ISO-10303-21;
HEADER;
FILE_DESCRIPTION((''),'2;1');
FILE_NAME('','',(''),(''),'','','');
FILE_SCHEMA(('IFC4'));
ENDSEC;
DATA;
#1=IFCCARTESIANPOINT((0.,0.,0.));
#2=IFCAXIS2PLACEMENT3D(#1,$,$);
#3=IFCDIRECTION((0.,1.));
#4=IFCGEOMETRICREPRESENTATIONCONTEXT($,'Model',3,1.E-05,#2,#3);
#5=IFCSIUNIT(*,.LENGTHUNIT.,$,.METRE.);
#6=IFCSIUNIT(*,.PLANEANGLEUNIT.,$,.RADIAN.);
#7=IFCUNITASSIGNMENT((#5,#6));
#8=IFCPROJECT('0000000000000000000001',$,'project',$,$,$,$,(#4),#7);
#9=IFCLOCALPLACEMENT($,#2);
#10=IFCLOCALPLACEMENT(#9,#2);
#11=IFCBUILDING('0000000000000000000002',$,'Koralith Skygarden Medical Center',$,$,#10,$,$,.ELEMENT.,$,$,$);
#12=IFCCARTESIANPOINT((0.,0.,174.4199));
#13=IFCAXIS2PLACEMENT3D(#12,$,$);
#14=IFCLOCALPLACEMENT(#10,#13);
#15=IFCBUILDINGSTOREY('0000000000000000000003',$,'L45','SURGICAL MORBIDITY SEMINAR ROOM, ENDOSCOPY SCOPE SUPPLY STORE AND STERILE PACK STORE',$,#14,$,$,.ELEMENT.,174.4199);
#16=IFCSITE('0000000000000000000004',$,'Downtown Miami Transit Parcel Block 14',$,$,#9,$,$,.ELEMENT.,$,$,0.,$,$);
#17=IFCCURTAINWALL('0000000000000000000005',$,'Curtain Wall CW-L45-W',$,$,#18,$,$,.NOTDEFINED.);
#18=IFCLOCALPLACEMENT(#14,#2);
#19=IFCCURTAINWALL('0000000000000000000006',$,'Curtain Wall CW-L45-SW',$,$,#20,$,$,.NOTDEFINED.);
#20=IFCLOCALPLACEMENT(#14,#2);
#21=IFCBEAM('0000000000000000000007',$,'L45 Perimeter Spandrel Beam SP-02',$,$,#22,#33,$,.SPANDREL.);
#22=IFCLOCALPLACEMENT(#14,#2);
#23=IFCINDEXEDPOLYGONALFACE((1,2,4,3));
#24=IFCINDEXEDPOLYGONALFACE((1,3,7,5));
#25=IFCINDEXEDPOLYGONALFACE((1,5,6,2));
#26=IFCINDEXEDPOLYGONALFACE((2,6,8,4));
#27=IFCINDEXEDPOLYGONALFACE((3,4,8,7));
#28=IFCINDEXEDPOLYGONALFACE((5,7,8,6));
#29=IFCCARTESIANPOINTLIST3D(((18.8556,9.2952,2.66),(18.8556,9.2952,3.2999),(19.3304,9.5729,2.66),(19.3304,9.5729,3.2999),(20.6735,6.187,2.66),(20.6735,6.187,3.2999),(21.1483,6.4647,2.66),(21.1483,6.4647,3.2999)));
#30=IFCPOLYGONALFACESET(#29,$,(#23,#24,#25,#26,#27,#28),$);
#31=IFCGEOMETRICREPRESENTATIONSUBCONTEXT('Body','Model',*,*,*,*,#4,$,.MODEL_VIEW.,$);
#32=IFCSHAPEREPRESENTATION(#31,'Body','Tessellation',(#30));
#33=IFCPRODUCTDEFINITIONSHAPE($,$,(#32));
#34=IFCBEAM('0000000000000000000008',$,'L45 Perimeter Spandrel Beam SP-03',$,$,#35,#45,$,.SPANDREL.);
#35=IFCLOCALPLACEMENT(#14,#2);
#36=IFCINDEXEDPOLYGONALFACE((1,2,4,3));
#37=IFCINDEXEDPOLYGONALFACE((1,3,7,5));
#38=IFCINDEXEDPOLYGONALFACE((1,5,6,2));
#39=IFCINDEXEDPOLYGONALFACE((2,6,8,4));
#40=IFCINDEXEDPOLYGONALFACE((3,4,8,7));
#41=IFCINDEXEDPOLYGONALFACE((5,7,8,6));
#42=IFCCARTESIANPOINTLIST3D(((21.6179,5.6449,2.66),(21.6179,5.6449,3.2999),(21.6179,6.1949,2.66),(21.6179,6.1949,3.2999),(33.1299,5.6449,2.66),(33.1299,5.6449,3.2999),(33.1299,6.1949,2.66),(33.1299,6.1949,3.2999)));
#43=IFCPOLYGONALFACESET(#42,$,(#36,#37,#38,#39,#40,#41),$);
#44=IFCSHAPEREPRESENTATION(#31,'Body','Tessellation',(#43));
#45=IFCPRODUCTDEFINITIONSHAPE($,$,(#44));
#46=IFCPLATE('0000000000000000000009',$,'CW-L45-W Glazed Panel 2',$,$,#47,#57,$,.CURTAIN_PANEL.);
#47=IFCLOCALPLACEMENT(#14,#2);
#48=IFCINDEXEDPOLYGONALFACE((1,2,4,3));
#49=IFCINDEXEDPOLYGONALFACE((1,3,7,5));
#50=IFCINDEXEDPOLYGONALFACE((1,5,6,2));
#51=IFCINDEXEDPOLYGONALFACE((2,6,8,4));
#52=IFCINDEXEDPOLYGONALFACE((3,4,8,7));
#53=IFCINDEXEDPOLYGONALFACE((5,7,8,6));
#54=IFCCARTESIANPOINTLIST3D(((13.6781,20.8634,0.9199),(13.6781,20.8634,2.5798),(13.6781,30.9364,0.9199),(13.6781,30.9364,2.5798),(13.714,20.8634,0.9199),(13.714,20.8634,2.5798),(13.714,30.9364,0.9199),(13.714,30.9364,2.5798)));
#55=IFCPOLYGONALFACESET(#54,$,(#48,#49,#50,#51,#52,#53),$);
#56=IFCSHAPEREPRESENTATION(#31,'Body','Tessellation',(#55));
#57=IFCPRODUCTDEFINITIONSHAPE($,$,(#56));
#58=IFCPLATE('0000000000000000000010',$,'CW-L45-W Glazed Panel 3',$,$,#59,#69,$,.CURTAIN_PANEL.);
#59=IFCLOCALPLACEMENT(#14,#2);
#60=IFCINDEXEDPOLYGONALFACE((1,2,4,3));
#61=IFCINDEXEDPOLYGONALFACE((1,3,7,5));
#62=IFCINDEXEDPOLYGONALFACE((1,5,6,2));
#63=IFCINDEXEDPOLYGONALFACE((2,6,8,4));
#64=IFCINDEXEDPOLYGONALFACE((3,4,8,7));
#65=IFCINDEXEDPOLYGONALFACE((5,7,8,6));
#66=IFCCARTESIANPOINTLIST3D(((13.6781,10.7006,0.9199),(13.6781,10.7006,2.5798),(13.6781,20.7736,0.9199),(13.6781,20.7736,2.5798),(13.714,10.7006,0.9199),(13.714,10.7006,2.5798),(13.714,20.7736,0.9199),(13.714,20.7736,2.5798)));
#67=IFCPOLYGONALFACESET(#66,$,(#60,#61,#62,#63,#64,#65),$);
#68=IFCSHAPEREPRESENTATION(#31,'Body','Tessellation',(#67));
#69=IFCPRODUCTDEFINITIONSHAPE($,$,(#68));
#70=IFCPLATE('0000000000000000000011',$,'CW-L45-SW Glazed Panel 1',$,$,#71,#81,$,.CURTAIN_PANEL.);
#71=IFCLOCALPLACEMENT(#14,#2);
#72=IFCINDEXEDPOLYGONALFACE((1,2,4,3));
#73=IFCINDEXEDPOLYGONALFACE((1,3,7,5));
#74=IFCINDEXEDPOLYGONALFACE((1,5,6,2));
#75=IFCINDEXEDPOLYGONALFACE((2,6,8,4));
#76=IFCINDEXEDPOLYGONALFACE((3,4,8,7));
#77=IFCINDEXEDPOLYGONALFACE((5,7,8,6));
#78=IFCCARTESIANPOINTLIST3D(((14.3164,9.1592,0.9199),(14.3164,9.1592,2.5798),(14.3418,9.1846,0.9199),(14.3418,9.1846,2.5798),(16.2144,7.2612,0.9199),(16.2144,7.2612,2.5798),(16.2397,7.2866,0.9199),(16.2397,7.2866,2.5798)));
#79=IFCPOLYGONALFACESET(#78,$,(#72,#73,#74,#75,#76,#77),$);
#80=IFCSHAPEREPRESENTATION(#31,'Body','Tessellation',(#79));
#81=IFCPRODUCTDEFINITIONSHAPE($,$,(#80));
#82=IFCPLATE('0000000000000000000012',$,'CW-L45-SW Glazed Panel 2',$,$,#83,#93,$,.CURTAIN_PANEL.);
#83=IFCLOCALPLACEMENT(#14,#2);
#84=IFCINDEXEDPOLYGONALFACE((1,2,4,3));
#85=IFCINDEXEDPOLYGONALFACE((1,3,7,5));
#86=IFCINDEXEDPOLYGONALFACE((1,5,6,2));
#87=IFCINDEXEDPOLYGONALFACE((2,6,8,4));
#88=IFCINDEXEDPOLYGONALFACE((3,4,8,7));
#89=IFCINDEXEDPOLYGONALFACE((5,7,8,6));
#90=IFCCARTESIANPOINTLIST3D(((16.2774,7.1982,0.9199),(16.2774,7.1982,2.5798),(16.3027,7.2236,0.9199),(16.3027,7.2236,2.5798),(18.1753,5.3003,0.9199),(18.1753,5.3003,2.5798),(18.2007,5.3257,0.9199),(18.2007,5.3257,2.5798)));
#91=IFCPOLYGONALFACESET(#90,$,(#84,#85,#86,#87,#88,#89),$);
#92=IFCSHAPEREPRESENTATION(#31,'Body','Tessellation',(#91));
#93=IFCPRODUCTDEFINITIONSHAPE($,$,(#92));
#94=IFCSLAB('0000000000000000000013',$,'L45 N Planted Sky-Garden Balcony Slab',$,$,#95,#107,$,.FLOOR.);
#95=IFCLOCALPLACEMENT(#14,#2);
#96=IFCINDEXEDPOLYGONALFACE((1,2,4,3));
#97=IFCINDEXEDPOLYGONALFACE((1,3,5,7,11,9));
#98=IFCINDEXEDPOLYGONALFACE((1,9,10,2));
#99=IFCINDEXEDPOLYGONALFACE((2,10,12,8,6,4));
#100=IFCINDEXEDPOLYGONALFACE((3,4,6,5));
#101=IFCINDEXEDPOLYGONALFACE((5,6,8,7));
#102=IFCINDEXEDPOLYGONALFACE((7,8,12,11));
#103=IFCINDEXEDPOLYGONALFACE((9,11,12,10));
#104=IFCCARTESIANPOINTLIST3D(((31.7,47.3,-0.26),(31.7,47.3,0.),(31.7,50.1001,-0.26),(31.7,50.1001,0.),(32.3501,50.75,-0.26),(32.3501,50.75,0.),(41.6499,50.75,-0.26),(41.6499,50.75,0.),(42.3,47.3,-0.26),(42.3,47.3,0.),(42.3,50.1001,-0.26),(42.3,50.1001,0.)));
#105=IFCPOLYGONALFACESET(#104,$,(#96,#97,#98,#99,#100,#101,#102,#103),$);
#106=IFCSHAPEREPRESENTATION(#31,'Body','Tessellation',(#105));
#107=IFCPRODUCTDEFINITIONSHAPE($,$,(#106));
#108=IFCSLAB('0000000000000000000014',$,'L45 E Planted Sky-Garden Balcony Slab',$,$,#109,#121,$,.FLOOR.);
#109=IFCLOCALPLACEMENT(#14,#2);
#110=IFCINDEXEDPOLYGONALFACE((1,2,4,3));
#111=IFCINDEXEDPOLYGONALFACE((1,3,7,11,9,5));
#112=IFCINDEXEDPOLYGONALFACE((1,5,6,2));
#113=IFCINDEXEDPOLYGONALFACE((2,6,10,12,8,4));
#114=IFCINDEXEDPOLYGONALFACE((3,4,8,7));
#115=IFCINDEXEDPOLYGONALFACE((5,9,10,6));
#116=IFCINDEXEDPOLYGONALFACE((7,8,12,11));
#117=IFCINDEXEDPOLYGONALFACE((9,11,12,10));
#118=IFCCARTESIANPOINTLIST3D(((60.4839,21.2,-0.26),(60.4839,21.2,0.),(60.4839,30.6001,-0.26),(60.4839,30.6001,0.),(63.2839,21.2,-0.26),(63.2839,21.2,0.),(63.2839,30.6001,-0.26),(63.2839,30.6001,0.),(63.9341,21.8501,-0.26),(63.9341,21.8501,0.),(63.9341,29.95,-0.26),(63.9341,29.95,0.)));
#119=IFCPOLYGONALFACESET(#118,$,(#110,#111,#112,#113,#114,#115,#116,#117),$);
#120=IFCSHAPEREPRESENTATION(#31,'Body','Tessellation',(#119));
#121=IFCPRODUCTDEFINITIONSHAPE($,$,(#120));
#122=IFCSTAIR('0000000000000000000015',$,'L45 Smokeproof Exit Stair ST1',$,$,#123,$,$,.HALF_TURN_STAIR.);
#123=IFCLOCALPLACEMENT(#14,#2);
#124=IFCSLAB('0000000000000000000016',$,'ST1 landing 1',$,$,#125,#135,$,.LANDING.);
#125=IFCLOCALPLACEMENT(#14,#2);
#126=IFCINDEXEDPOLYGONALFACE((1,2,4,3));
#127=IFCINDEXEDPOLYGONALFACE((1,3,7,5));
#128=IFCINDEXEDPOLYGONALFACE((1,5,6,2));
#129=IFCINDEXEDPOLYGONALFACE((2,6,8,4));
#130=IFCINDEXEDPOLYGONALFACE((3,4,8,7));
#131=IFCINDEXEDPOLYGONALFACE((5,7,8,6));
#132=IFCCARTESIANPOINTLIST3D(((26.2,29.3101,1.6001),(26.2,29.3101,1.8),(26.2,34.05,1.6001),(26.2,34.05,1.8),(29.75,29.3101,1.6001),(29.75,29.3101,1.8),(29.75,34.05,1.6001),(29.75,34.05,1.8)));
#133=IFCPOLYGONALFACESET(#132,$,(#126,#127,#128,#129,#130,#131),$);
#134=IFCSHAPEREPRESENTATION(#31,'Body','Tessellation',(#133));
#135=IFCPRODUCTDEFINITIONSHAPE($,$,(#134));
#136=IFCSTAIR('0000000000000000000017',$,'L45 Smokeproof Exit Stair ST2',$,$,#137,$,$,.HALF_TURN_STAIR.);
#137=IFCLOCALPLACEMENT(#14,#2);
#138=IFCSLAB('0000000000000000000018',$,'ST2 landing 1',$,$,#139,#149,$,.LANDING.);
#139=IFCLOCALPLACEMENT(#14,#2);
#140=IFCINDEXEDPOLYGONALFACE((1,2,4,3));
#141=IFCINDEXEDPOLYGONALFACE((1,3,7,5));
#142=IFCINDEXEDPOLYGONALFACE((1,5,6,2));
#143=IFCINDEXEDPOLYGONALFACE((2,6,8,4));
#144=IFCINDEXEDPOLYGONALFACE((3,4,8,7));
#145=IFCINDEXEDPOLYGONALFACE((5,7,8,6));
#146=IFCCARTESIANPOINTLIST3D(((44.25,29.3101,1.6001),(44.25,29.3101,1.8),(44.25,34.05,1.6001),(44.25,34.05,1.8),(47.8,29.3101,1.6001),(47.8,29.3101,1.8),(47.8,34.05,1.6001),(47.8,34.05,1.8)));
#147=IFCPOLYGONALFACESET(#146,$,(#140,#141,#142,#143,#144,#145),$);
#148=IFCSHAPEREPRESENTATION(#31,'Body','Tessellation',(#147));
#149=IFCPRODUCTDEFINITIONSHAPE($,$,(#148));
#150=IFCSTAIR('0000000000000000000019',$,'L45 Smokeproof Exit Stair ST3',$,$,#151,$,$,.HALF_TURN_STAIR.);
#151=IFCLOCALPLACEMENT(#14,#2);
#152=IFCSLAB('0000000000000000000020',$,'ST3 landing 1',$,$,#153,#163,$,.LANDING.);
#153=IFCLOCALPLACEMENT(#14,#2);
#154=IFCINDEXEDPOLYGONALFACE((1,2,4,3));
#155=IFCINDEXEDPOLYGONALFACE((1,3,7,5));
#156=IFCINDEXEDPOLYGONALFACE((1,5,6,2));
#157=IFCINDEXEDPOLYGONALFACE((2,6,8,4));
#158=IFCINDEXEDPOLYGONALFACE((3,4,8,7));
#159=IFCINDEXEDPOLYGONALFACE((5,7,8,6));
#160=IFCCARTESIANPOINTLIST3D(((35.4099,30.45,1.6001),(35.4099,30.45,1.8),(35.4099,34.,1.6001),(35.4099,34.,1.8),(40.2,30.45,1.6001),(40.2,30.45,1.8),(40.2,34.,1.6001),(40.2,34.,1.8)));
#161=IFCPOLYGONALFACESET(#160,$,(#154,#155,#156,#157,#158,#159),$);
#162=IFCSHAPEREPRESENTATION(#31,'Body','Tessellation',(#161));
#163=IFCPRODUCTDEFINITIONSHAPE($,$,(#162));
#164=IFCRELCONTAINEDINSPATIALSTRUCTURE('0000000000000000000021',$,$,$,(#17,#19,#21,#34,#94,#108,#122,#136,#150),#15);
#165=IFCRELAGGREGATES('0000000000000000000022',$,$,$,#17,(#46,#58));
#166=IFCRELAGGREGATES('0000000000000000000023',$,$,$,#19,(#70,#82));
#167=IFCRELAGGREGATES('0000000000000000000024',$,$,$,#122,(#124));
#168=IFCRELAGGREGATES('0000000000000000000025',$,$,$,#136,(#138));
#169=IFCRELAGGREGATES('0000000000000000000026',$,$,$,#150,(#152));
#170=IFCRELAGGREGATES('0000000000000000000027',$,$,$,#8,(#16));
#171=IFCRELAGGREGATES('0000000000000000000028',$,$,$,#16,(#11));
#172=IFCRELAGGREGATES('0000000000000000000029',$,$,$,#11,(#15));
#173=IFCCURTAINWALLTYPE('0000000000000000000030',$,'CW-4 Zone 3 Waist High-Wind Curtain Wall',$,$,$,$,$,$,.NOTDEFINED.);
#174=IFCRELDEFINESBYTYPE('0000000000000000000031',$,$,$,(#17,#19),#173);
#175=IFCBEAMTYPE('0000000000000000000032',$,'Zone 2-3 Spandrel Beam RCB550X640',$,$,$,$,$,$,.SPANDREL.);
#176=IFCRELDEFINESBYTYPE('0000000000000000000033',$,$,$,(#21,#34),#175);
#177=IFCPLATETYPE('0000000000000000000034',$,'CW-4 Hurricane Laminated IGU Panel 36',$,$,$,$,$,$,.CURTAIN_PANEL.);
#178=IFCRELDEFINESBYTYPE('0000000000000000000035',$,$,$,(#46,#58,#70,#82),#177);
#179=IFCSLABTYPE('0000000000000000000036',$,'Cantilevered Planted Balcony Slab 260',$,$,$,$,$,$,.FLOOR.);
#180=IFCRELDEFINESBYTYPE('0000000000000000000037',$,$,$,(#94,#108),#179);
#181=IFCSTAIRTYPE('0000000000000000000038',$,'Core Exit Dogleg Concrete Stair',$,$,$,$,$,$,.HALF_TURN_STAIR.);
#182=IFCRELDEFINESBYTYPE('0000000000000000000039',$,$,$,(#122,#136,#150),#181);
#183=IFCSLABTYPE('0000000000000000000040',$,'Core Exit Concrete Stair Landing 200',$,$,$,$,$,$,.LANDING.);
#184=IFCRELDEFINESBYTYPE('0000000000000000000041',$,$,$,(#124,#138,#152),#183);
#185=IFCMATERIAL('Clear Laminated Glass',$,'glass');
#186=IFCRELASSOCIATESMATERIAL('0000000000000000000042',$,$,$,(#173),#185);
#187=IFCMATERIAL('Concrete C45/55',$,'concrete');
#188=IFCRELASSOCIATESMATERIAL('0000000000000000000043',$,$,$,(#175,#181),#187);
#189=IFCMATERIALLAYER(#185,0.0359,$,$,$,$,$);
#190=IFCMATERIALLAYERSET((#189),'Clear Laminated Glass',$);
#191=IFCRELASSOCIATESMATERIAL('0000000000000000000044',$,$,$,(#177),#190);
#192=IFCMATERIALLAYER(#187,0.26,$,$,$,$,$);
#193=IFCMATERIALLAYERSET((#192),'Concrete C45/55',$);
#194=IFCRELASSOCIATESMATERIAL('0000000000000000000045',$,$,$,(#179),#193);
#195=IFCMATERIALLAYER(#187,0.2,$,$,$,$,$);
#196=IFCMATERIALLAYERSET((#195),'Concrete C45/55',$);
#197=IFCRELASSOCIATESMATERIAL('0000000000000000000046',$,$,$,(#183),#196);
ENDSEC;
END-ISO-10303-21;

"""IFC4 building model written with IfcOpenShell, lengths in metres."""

from ifc_helpers import new_model, si_unit, direction, frame, origin, origin_2d, place, context, subcontext, project, spatial, polyline, rectangle, outline, extrude, material, layer, layer_set, material_profile, profile_set, type_object, element, aggregate, save


model = new_model("IFC4")

# Units and contexts
model_context = context("Model", 3, precision=1e-05, world=origin(), true_north=direction((0.0, 1.0)))
body_context = subcontext(model_context, "Body", "Model", "MODEL_VIEW")
ifc_project = project(units=[si_unit("LENGTHUNIT", "METRE"), si_unit("PLANEANGLEUNIT", "RADIAN")], contexts=[model_context])

# Site, building, storey
site_placement = place(None, origin())
site = spatial("IfcSite", under=ifc_project, at=site_placement, Name="Downtown Miami Transit Parcel Block 14", CompositionType="ELEMENT", RefElevation=0.0)
building_placement = place(site_placement, origin())
building = spatial("IfcBuilding", under=site, at=building_placement, Name="Koralith Skygarden Medical Center", CompositionType="ELEMENT")
storey_placement = place(building_placement, frame((0.0, 0.0, 174.4199)))
storey = spatial("IfcBuildingStorey", under=building, at=storey_placement, Name="L45", Description="SURGICAL MORBIDITY SEMINAR ROOM, ENDOSCOPY SCOPE SUPPLY STORE AND STERILE PACK STORE", CompositionType="ELEMENT", Elevation=174.4199)

# Shared definitions
ifc_material_1 = material(Name="Clear Laminated Glass", Category="glass")
curtain_wall_type = type_object("IfcCurtainWallType", Name="CW-4 Zone 3 Waist High-Wind Curtain Wall", PredefinedType="NOTDEFINED", material=ifc_material_1)

# Curtain walls
curtain_wall_1_placement = place(storey_placement, origin())
curtain_wall_1 = element("IfcCurtainWall", 1, at=curtain_wall_1_placement, inside=storey, type_object=curtain_wall_type, Name="Curtain Wall CW-L45-W", PredefinedType="NOTDEFINED")
curtain_wall_2_placement = place(storey_placement, origin())
curtain_wall_2 = element("IfcCurtainWall", 2, at=curtain_wall_2_placement, inside=storey, type_object=curtain_wall_type, Name="Curtain Wall CW-L45-SW", PredefinedType="NOTDEFINED")

# Beams
ifc_material_2 = material(Name="Concrete C45/55", Category="concrete")
ifc_material_profile_1 = material_profile(ifc_material_2, rectangle(XDim=0.55, YDim=0.6399, at=origin_2d()), Name="RCB550X640")
ifc_profile_set_1 = profile_set([ifc_material_profile_1], Name="Concrete C45/55")
beam_type = type_object("IfcBeamType", Name="Zone 2-3 Spandrel Beam RCB550X640", PredefinedType="SPANDREL", material=ifc_profile_set_1)
beam_1_placement = place(storey_placement, frame((19.093, 9.4341, 2.98), z_axis=(0.504861, -0.8632, 0.0), x_axis=(0.8632, 0.504861, 0.0)))
element("IfcBeam", 3, at=beam_1_placement, inside=storey, type_object=beam_type, Name="L45 Perimeter Spandrel Beam SP-02", PredefinedType="SPANDREL", context=body_context, shape_type="SweptSolid", body=[
    extrude(rectangle(XDim=0.55, YDim=0.6399, at=origin_2d()), origin(), (0.0, 0.0, 1.0), 3.6008),
])
beam_2_placement = place(storey_placement, frame((21.6179, 5.9199, 2.98), z_axis=(1.0, 0.0, 0.0), x_axis=(0.0, 1.0, 0.0)))
element("IfcBeam", 4, at=beam_2_placement, inside=storey, type_object=beam_type, Name="L45 Perimeter Spandrel Beam SP-03", PredefinedType="SPANDREL", context=body_context, shape_type="SweptSolid", body=[
    extrude(rectangle(XDim=0.55, YDim=0.6399, at=origin_2d()), origin(), (0.0, 0.0, 1.0), 11.512),
])

# Plates
ifc_layer_1 = layer(ifc_material_1, 0.0359)
ifc_layer_set_1 = layer_set([ifc_layer_1], Name="Clear Laminated Glass")
plate_type_1 = type_object("IfcPlateType", Name="CW-4 Hurricane Laminated IGU Panel 36", PredefinedType="CURTAIN_PANEL", material=ifc_layer_set_1)
plate_1_placement = place(storey_placement, frame((13.696, 25.8999, 0.9199), z_axis=(0.0, 0.0, 1.0), x_axis=(0.0, -1.0, 0.0)))
plate_1 = element("IfcPlate", 5, at=plate_1_placement, type_object=plate_type_1, Name="CW-L45-W Glazed Panel 2", PredefinedType="CURTAIN_PANEL", context=body_context, shape_type="SweptSolid", body=[
    extrude(rectangle(XDim=10.073, YDim=0.0359, at=origin_2d()), origin(), (0.0, 0.0, 1.0), 1.6599),
])
plate_2_placement = place(storey_placement, frame((13.696, 15.7371, 0.9199), z_axis=(0.0, 0.0, 1.0), x_axis=(0.0, -1.0, 0.0)))
plate_2 = element("IfcPlate", 6, at=plate_2_placement, type_object=plate_type_1, Name="CW-L45-W Glazed Panel 3", PredefinedType="CURTAIN_PANEL", context=body_context, shape_type="SweptSolid", body=[
    extrude(rectangle(XDim=10.073, YDim=0.0359, at=origin_2d()), origin(), (0.0, 0.0, 1.0), 1.6599),
])
aggregate(curtain_wall_1, [plate_1, plate_2])
plate_3_placement = place(storey_placement, frame((15.2781, 8.2229, 0.9199), z_axis=(0.0, 0.0, 1.0), x_axis=(0.707107, -0.707107, 0.0)))
plate_3 = element("IfcPlate", 7, at=plate_3_placement, type_object=plate_type_1, Name="CW-L45-SW Glazed Panel 1", PredefinedType="CURTAIN_PANEL", context=body_context, shape_type="SweptSolid", body=[
    extrude(rectangle(XDim=2.6841, YDim=0.0359, at=origin_2d()), origin(), (0.0, 0.0, 1.0), 1.6599),
])
plate_4_placement = place(storey_placement, frame((17.239, 6.262, 0.9199), z_axis=(0.0, 0.0, 1.0), x_axis=(0.707107, -0.707107, 0.0)))
plate_4 = element("IfcPlate", 8, at=plate_4_placement, type_object=plate_type_1, Name="CW-L45-SW Glazed Panel 2", PredefinedType="CURTAIN_PANEL", context=body_context, shape_type="SweptSolid", body=[
    extrude(rectangle(XDim=2.6841, YDim=0.0359, at=origin_2d()), origin(), (0.0, 0.0, 1.0), 1.6599),
])
aggregate(curtain_wall_2, [plate_3, plate_4])

# Slabs
ifc_layer_2 = layer(ifc_material_2, 0.26)
ifc_layer_set_2 = layer_set([ifc_layer_2], Name="Concrete C45/55")
slab_type_1 = type_object("IfcSlabType", Name="Cantilevered Planted Balcony Slab 260", PredefinedType="FLOOR", material=ifc_layer_set_2)
slab_1_placement = place(storey_placement, frame((0.0, 0.0, -0.26)))
element("IfcSlab", 9, at=slab_1_placement, inside=storey, type_object=slab_type_1, Name="L45 N Planted Sky-Garden Balcony Slab", PredefinedType="FLOOR", context=body_context, shape_type="SweptSolid", body=[
    extrude(outline(polyline([(31.7, 47.3), (42.3, 47.3), (42.3, 50.1001), (41.6499, 50.75), (32.3501, 50.75), (31.7, 50.1001), (31.7, 47.3)])), origin(), (0.0, 0.0, 1.0), 0.26),
])
slab_2_placement = place(storey_placement, frame((0.0, 0.0, -0.26)))
element("IfcSlab", 10, at=slab_2_placement, inside=storey, type_object=slab_type_1, Name="L45 E Planted Sky-Garden Balcony Slab", PredefinedType="FLOOR", context=body_context, shape_type="SweptSolid", body=[
    extrude(outline(polyline([(60.4839, 21.2), (63.2839, 21.2), (63.9341, 21.8501), (63.9341, 29.95), (63.2839, 30.6001), (60.4839, 30.6001), (60.4839, 21.2)])), origin(), (0.0, 0.0, 1.0), 0.26),
])

# Stairs, slabs
stair_type = type_object("IfcStairType", Name="Core Exit Dogleg Concrete Stair", PredefinedType="HALF_TURN_STAIR", material=ifc_material_2)
stair_1_placement = place(storey_placement, origin())
stair_1 = element("IfcStair", 11, at=stair_1_placement, inside=storey, type_object=stair_type, Name="L45 Smokeproof Exit Stair ST1", PredefinedType="HALF_TURN_STAIR")
ifc_layer_3 = layer(ifc_material_2, 0.2)
ifc_layer_set_3 = layer_set([ifc_layer_3], Name="Concrete C45/55")
slab_type_2 = type_object("IfcSlabType", Name="Core Exit Concrete Stair Landing 200", PredefinedType="LANDING", material=ifc_layer_set_3)
slab_3_placement = place(storey_placement, frame((0.0, 0.0, 1.6001)))
slab_3 = element("IfcSlab", 12, at=slab_3_placement, type_object=slab_type_2, Name="ST1 landing 1", PredefinedType="LANDING", context=body_context, shape_type="SweptSolid", body=[
    extrude(outline(polyline([(29.75, 29.3101), (29.75, 34.05), (26.2, 34.05), (26.2, 29.3101), (29.75, 29.3101)])), origin(), (0.0, 0.0, 1.0), 0.2),
])
aggregate(stair_1, [slab_3])
stair_2_placement = place(storey_placement, origin())
stair_2 = element("IfcStair", 13, at=stair_2_placement, inside=storey, type_object=stair_type, Name="L45 Smokeproof Exit Stair ST2", PredefinedType="HALF_TURN_STAIR")
slab_4_placement = place(storey_placement, frame((0.0, 0.0, 1.6001)))
slab_4 = element("IfcSlab", 14, at=slab_4_placement, type_object=slab_type_2, Name="ST2 landing 1", PredefinedType="LANDING", context=body_context, shape_type="SweptSolid", body=[
    extrude(outline(polyline([(47.8, 29.3101), (47.8, 34.05), (44.25, 34.05), (44.25, 29.3101), (47.8, 29.3101)])), origin(), (0.0, 0.0, 1.0), 0.2),
])
aggregate(stair_2, [slab_4])
stair_3_placement = place(storey_placement, origin())
stair_3 = element("IfcStair", 15, at=stair_3_placement, inside=storey, type_object=stair_type, Name="L45 Smokeproof Exit Stair ST3", PredefinedType="HALF_TURN_STAIR")
slab_5_placement = place(storey_placement, frame((0.0, 0.0, 1.6001)))
slab_5 = element("IfcSlab", 16, at=slab_5_placement, type_object=slab_type_2, Name="ST3 landing 1", PredefinedType="LANDING", context=body_context, shape_type="SweptSolid", body=[
    extrude(outline(polyline([(35.4099, 30.45), (40.2, 30.45), (40.2, 34.0), (35.4099, 34.0), (35.4099, 30.45)])), origin(), (0.0, 0.0, 1.0), 0.2),
])
aggregate(stair_3, [slab_5])

save(model, "model.ifc")
